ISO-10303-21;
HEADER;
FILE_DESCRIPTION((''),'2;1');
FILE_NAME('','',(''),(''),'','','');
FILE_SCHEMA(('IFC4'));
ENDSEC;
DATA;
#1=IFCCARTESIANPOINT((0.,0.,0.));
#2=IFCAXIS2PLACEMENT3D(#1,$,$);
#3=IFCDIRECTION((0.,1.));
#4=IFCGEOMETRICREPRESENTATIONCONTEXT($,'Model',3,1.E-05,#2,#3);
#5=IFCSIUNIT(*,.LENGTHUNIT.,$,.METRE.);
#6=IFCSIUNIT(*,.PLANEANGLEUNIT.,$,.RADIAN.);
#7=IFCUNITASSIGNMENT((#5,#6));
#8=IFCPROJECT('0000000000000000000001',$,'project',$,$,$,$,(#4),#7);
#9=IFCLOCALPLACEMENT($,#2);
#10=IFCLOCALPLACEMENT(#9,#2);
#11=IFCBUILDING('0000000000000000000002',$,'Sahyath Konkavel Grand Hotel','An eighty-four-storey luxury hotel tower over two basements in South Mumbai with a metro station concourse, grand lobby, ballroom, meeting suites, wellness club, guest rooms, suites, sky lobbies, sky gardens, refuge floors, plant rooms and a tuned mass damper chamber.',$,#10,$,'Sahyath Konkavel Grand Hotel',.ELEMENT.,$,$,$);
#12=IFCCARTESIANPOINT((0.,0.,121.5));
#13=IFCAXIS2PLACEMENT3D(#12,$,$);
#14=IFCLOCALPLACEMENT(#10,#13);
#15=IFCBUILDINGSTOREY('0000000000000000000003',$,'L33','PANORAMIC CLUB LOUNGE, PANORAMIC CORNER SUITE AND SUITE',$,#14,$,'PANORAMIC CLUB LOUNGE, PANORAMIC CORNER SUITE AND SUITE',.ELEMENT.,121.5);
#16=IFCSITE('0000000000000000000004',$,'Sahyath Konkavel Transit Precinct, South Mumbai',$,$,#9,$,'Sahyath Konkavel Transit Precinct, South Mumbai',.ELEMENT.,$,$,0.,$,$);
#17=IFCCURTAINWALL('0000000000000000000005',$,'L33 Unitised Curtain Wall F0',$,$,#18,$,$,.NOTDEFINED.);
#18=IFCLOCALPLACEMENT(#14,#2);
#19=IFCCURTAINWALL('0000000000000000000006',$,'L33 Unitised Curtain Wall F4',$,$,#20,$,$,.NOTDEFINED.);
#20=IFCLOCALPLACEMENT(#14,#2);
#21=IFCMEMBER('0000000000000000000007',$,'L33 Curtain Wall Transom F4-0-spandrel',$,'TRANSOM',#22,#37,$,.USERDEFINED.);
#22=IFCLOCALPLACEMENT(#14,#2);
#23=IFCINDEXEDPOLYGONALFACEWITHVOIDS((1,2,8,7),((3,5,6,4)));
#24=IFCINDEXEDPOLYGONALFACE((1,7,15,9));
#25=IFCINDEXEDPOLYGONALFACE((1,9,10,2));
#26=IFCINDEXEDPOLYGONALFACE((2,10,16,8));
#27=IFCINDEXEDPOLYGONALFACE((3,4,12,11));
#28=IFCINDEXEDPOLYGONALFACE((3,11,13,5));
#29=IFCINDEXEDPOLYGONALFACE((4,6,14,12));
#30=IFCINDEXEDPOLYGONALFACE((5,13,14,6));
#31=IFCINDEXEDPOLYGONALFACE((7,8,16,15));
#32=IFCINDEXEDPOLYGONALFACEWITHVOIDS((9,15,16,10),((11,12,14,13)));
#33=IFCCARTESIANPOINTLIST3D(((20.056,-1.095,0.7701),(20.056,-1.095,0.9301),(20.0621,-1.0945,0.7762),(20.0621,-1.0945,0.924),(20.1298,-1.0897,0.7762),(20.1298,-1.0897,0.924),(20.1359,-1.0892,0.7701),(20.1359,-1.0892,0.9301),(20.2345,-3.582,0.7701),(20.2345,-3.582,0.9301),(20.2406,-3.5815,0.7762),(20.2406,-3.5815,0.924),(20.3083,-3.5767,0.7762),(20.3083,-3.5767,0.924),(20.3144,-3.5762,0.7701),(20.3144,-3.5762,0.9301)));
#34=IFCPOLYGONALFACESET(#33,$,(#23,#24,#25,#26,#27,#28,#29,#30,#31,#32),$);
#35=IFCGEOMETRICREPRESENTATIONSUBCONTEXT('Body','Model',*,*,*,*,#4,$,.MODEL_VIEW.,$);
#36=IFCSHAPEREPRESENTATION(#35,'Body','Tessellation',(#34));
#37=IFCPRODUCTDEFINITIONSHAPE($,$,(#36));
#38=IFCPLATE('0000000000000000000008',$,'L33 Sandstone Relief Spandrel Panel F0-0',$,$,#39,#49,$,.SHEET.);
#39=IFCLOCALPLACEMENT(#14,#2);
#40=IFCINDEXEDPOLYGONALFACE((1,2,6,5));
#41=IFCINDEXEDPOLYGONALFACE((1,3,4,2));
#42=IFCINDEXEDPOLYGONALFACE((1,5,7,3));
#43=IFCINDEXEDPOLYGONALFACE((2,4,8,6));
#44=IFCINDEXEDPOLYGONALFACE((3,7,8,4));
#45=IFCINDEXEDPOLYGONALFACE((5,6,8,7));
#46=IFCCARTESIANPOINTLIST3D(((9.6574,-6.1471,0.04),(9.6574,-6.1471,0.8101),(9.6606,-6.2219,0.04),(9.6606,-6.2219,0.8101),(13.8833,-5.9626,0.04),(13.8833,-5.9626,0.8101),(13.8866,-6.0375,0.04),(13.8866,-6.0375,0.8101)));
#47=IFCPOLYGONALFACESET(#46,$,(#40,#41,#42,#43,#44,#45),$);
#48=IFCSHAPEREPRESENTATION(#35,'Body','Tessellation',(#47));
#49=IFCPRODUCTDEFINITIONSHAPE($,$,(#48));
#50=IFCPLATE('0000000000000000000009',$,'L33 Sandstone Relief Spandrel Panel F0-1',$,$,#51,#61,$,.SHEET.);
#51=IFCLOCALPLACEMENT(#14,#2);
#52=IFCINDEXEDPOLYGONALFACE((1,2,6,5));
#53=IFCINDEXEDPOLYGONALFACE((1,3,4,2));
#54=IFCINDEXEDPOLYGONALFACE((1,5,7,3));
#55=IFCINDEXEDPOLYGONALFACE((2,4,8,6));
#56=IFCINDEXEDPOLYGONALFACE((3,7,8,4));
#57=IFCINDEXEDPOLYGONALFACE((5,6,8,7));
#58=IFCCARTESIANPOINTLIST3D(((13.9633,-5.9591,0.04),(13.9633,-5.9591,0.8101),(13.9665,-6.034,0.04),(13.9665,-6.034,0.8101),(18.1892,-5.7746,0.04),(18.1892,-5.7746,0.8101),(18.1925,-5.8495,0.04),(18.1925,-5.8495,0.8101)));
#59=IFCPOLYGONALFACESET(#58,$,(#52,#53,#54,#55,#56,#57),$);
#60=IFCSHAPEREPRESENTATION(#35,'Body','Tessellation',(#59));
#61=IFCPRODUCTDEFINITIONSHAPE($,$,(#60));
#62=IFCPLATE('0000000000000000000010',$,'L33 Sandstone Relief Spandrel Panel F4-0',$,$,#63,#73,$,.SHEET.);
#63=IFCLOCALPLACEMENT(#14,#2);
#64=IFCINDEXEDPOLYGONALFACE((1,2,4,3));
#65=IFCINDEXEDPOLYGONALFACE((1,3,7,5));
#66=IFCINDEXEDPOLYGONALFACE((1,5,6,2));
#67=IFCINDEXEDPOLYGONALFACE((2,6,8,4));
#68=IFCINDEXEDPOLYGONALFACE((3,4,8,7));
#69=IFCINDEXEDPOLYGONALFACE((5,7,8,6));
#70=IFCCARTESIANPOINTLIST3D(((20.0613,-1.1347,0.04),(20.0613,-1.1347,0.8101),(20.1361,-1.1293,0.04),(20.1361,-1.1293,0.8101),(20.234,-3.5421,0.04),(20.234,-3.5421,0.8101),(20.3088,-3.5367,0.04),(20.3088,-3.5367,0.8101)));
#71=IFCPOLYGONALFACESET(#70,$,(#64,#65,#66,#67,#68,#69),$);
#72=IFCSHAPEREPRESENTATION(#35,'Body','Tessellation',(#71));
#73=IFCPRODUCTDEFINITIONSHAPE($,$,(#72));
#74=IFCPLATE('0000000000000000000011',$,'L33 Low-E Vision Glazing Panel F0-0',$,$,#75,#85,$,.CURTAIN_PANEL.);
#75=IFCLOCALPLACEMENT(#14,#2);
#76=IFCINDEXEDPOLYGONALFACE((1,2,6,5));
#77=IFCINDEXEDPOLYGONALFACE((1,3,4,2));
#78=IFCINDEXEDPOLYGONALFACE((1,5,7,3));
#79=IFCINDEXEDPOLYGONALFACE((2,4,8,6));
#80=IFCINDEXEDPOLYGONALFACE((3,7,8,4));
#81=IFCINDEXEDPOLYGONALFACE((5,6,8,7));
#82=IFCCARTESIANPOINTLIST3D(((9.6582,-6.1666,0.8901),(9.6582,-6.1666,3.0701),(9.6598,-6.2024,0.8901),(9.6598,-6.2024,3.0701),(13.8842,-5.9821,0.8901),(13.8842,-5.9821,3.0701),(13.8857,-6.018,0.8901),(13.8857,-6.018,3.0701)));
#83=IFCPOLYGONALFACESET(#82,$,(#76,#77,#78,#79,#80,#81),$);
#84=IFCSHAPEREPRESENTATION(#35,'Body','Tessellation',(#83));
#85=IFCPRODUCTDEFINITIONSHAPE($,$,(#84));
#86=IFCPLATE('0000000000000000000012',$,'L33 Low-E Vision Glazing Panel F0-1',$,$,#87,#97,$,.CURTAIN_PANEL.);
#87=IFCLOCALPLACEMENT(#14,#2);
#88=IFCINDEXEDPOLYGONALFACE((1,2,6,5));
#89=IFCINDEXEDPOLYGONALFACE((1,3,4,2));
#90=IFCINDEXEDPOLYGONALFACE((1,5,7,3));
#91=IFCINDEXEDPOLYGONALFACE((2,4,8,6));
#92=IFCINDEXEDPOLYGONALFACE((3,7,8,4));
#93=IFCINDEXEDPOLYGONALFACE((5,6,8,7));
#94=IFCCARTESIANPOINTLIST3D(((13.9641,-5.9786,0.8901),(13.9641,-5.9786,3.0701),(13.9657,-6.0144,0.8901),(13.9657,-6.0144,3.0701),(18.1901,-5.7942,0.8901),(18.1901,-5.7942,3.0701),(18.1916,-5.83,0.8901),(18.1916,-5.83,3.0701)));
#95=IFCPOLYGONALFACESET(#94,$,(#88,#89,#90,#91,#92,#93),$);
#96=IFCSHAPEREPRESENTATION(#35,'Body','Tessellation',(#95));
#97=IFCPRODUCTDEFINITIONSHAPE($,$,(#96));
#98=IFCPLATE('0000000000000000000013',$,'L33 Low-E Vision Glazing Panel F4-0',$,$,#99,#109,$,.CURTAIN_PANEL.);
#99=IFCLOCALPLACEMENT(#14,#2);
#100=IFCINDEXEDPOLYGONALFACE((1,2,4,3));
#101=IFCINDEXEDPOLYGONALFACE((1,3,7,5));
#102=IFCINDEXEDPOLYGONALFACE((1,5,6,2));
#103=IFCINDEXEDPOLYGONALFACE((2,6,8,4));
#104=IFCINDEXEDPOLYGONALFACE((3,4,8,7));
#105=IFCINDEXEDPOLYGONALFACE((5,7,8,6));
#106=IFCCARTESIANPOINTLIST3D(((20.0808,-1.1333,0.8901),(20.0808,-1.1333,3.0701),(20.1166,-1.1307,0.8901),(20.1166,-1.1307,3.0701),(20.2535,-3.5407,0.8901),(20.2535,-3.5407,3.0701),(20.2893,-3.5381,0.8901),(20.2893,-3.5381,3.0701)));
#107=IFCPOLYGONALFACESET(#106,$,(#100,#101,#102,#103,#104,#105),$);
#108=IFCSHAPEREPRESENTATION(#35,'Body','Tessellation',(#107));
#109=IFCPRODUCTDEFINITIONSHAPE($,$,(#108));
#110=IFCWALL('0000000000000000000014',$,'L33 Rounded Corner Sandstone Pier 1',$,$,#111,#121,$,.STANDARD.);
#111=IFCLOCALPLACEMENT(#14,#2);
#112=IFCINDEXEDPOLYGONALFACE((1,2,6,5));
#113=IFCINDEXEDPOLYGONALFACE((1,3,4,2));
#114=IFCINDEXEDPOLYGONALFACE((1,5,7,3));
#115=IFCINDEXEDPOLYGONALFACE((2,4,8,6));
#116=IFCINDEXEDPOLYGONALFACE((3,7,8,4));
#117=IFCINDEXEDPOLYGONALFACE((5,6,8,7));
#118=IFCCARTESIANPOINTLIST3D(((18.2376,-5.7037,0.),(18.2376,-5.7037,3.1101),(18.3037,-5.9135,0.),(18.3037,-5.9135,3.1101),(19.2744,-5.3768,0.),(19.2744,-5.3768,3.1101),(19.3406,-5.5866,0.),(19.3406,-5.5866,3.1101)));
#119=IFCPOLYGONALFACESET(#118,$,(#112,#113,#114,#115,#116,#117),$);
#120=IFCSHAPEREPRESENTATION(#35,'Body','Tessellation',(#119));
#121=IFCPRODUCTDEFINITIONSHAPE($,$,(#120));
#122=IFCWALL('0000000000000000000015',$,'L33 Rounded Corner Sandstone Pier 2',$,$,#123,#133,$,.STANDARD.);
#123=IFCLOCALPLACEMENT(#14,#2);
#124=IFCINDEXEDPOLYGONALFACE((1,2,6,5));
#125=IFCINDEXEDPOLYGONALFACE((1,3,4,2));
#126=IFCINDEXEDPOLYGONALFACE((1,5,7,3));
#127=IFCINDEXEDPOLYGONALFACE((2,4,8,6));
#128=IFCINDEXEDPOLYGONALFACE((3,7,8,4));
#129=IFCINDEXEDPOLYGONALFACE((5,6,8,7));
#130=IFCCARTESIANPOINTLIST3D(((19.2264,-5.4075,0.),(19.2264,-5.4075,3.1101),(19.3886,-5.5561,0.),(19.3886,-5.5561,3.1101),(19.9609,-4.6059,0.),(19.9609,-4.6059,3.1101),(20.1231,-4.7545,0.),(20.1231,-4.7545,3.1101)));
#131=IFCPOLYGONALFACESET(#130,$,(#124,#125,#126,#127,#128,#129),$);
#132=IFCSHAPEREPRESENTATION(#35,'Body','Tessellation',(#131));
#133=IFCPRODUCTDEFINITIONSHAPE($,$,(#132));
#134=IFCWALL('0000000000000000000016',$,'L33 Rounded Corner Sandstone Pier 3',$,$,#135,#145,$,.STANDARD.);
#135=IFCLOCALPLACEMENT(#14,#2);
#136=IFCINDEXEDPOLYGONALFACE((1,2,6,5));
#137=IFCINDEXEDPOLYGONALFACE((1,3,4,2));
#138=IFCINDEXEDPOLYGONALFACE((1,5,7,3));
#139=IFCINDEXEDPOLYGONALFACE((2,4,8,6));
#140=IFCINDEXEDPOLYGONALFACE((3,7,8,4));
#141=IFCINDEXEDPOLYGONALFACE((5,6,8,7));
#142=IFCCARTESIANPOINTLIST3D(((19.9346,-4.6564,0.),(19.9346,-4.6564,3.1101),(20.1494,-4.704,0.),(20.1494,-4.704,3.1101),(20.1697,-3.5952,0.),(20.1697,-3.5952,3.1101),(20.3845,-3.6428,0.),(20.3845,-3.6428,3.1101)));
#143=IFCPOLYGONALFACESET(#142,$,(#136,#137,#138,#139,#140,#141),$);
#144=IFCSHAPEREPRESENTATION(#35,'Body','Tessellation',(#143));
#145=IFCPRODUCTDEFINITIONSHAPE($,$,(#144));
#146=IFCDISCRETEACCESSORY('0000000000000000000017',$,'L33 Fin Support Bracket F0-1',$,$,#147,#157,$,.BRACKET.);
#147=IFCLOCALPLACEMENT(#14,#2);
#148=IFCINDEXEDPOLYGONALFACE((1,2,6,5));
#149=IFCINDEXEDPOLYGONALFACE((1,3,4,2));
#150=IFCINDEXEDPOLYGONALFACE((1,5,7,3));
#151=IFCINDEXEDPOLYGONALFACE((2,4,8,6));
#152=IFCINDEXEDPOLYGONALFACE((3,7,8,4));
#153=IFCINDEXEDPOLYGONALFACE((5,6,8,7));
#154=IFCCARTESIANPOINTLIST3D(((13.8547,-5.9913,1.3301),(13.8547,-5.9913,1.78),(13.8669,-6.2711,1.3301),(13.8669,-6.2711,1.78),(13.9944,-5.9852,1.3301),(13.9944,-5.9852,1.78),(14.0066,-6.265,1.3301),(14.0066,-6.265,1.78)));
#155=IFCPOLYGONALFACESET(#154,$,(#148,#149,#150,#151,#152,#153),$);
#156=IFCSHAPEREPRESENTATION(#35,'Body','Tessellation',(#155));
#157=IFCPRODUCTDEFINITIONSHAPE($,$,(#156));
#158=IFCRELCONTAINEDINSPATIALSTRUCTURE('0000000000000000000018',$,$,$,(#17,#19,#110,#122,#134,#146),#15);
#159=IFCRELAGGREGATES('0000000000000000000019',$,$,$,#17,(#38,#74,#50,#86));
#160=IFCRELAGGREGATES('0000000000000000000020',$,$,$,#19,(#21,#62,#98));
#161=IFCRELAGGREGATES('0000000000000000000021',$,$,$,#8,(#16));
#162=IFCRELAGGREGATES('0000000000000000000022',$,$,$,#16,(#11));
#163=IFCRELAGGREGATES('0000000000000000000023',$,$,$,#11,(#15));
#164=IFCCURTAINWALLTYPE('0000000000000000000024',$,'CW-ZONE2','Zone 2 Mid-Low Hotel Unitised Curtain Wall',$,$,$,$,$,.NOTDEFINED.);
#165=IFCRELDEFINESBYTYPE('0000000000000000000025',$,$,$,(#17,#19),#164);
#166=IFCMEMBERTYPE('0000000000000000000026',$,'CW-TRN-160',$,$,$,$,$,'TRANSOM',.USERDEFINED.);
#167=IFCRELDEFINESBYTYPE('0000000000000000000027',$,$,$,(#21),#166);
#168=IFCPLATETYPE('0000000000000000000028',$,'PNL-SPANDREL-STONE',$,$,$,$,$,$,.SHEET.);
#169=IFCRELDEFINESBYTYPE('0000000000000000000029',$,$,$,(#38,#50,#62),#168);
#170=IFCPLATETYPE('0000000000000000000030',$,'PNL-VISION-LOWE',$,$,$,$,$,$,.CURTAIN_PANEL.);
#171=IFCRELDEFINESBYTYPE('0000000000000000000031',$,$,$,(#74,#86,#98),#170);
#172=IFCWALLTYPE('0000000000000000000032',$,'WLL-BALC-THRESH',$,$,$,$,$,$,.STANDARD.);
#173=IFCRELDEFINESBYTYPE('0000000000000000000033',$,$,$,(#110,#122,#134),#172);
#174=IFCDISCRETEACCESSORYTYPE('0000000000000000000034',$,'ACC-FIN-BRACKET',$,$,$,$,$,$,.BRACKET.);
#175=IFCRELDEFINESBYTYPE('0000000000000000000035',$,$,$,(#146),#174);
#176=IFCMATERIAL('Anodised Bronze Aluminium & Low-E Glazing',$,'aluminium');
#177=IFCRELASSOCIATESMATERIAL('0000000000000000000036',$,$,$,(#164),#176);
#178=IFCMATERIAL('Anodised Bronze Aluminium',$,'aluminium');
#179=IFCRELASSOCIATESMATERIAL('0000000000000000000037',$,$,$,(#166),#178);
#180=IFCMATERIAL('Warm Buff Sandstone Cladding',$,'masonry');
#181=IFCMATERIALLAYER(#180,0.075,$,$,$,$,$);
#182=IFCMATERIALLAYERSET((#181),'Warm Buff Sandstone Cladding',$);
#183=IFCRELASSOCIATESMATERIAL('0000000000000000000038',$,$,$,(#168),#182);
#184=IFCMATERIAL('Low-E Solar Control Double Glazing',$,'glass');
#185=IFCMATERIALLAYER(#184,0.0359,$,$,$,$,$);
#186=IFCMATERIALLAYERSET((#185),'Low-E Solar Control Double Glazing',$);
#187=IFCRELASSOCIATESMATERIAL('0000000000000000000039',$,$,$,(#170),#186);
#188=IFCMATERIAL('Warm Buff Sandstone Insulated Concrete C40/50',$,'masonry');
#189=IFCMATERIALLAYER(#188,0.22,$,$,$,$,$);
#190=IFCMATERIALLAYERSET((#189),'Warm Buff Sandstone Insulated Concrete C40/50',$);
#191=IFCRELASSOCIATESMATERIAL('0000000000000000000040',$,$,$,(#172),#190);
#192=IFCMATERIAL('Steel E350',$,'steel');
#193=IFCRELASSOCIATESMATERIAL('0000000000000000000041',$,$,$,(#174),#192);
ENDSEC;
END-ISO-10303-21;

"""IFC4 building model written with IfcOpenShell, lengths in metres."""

from ifc_helpers import new_model, si_unit, direction, frame, frame_2d, origin, origin_2d, place, context, subcontext, project, spatial, rectangle, hollow_rectangle, extrude, source, transform, mapped, material, layer, layer_set, material_profile, profile_set, type_object, element, aggregate, save


model = new_model("IFC4")

# Units and contexts
model_context = context("Model", 3, precision=1e-05, world=origin(), true_north=direction((0.0, 1.0)))
body_context = subcontext(model_context, "Body", "Model", "MODEL_VIEW")
ifc_project = project(units=[si_unit("LENGTHUNIT", "METRE"), si_unit("PLANEANGLEUNIT", "RADIAN")], contexts=[model_context])

# Site, building, storey
site_placement = place(None, origin())
site = spatial("IfcSite", under=ifc_project, at=site_placement, Name="Sahyath Konkavel Transit Precinct, South Mumbai", LongName="Sahyath Konkavel Transit Precinct, South Mumbai", CompositionType="ELEMENT", RefElevation=0.0)
building_placement = place(site_placement, origin())
building = spatial("IfcBuilding", under=site, at=building_placement, Name="Sahyath Konkavel Grand Hotel", Description="An eighty-four-storey luxury hotel tower over two basements in South Mumbai with a metro station concourse, grand lobby, ballroom, meeting suites, wellness club, guest rooms, suites, sky lobbies, sky gardens, refuge floors, plant rooms and a tuned mass damper chamber.", LongName="Sahyath Konkavel Grand Hotel", CompositionType="ELEMENT")
storey_placement = place(building_placement, frame((0.0, 0.0, 121.5)))
storey = spatial("IfcBuildingStorey", under=building, at=storey_placement, Name="L33", Description="PANORAMIC CLUB LOUNGE, PANORAMIC CORNER SUITE AND SUITE", LongName="PANORAMIC CLUB LOUNGE, PANORAMIC CORNER SUITE AND SUITE", CompositionType="ELEMENT", Elevation=121.5)

# Shared definitions
ifc_material_1 = material(Name="Steel E350", Category="steel")

# Curtain wall
ifc_material_2 = material(Name="Anodised Bronze Aluminium & Low-E Glazing", Category="aluminium")
curtain_wall_type = type_object("IfcCurtainWallType", Name="CW-ZONE2", Description="Zone 2 Mid-Low Hotel Unitised Curtain Wall", PredefinedType="NOTDEFINED", material=ifc_material_2)
curtain_wall_1_placement = place(storey_placement, origin())
curtain_wall_1 = element("IfcCurtainWall", 1, at=curtain_wall_1_placement, inside=storey, type_object=curtain_wall_type, Name="L33 Unitised Curtain Wall F0", PredefinedType="NOTDEFINED")
ifc_material_3 = material(Name="Anodised Bronze Aluminium", Category="aluminium")

# Curtain wall
curtain_wall_2_placement = place(storey_placement, origin())
curtain_wall_2 = element("IfcCurtainWall", 2, at=curtain_wall_2_placement, inside=storey, type_object=curtain_wall_type, Name="L33 Unitised Curtain Wall F4", PredefinedType="NOTDEFINED")

# Member
ifc_material_profile_1 = material_profile(ifc_material_3, hollow_rectangle(XDim=0.0801, YDim=0.1599, WallThickness=0.0061, at=origin_2d()), Name="RHS 160x80x6")
ifc_profile_set_1 = profile_set([ifc_material_profile_1], Name="Anodised Bronze Aluminium")
member_type_1 = type_object("IfcMemberType", Name="CW-TRN-160", ElementType="TRANSOM", PredefinedType="USERDEFINED", material=ifc_profile_set_1)
shared_shape_1 = source(origin(), body_context, "Body", "SweptSolid", [
    extrude(hollow_rectangle(XDim=0.0801, YDim=0.1599, WallThickness=0.0061, at=origin_2d()), origin(), (0.0, 0.0, 1.0), 2.4934),
])
member_1_placement = place(storey_placement, frame((20.2744, -3.5791, 0.8501), z_axis=(-0.071574, 0.997435, 0.0), x_axis=(-0.997435, -0.071574, 0.0)))
member_1 = element("IfcMember", 3, at=member_1_placement, type_object=member_type_1, Name="L33 Curtain Wall Transom F4-0-spandrel", ObjectType="TRANSOM", PredefinedType="USERDEFINED", context=body_context, shape_type="MappedRepresentation", body=[
    mapped(shared_shape_1, transform((0.0, 0.0, 0.0), scale=1.0)),
])

# Plates
ifc_material_4 = material(Name="Warm Buff Sandstone Cladding", Category="masonry")
ifc_layer_1 = layer(ifc_material_4, 0.075)
ifc_layer_set_1 = layer_set([ifc_layer_1], Name="Warm Buff Sandstone Cladding")
plate_type_1 = type_object("IfcPlateType", Name="PNL-SPANDREL-STONE", PredefinedType="SHEET", material=ifc_layer_set_1)
shared_shape_2 = source(origin(), body_context, "Body", "SweptSolid", [
    extrude(rectangle(XDim=4.23, YDim=0.075, at=origin_2d()), origin(), (0.0, 0.0, 1.0), 0.77),
])
plate_1_placement = place(storey_placement, frame((11.772, -6.0923, 0.04), z_axis=(0.0, 0.0, 1.0), x_axis=(0.999049, 0.043602, 0.0)))
plate_1 = element("IfcPlate", 4, at=plate_1_placement, type_object=plate_type_1, Name="L33 Sandstone Relief Spandrel Panel F0-0", PredefinedType="SHEET", context=body_context, shape_type="MappedRepresentation", body=[
    mapped(shared_shape_2, transform((0.0, 0.0, 0.0), scale=1.0)),
])
plate_2_placement = place(storey_placement, frame((16.0779, -5.9043, 0.04), z_axis=(0.0, 0.0, 1.0), x_axis=(0.999049, 0.043602, 0.0)))
plate_2 = element("IfcPlate", 5, at=plate_2_placement, type_object=plate_type_1, Name="L33 Sandstone Relief Spandrel Panel F0-1", PredefinedType="SHEET", context=body_context, shape_type="MappedRepresentation", body=[
    mapped(shared_shape_2, transform((0.0, 0.0, 0.0), scale=1.0)),
])
shared_shape_3 = source(origin(), body_context, "Body", "SweptSolid", [
    extrude(rectangle(XDim=2.4136, YDim=0.075, at=origin_2d()), origin(), (0.0, 0.0, 1.0), 0.77),
])
plate_3_placement = place(storey_placement, frame((20.1851, -2.3357, 0.04), z_axis=(0.0, 0.0, 1.0), x_axis=(-0.071567, 0.997436, 0.0)))
plate_3 = element("IfcPlate", 6, at=plate_3_placement, type_object=plate_type_1, Name="L33 Sandstone Relief Spandrel Panel F4-0", PredefinedType="SHEET", context=body_context, shape_type="MappedRepresentation", body=[
    mapped(shared_shape_3, transform((0.0, 0.0, 0.0), scale=1.0)),
])
ifc_material_5 = material(Name="Low-E Solar Control Double Glazing", Category="glass")
ifc_layer_2 = layer(ifc_material_5, 0.0359)
ifc_layer_set_2 = layer_set([ifc_layer_2], Name="Low-E Solar Control Double Glazing")
plate_type_2 = type_object("IfcPlateType", Name="PNL-VISION-LOWE", PredefinedType="CURTAIN_PANEL", material=ifc_layer_set_2)
shared_shape_4 = source(origin(), body_context, "Body", "SweptSolid", [
    extrude(rectangle(XDim=4.23, YDim=0.0359, at=origin_2d()), origin(), (0.0, 0.0, 1.0), 2.1799),
])
plate_4_placement = place(storey_placement, frame((11.772, -6.0923, 0.8901), z_axis=(0.0, 0.0, 1.0), x_axis=(0.999049, 0.043602, 0.0)))
plate_4 = element("IfcPlate", 7, at=plate_4_placement, type_object=plate_type_2, Name="L33 Low-E Vision Glazing Panel F0-0", PredefinedType="CURTAIN_PANEL", context=body_context, shape_type="MappedRepresentation", body=[
    mapped(shared_shape_4, transform((0.0, 0.0, 0.0), scale=1.0)),
])
plate_5_placement = place(storey_placement, frame((16.0779, -5.9043, 0.8901), z_axis=(0.0, 0.0, 1.0), x_axis=(0.999049, 0.043602, 0.0)))
plate_5 = element("IfcPlate", 8, at=plate_5_placement, type_object=plate_type_2, Name="L33 Low-E Vision Glazing Panel F0-1", PredefinedType="CURTAIN_PANEL", context=body_context, shape_type="MappedRepresentation", body=[
    mapped(shared_shape_4, transform((0.0, 0.0, 0.0), scale=1.0)),
])
aggregate(curtain_wall_1, [plate_1, plate_4, plate_2, plate_5])
shared_shape_5 = source(origin(), body_context, "Body", "SweptSolid", [
    extrude(rectangle(XDim=2.4136, YDim=0.0359, at=origin_2d()), origin(), (0.0, 0.0, 1.0), 2.1799),
])
plate_6_placement = place(storey_placement, frame((20.1851, -2.3357, 0.8901), z_axis=(0.0, 0.0, 1.0), x_axis=(-0.071567, 0.997436, 0.0)))
plate_6 = element("IfcPlate", 9, at=plate_6_placement, type_object=plate_type_2, Name="L33 Low-E Vision Glazing Panel F4-0", PredefinedType="CURTAIN_PANEL", context=body_context, shape_type="MappedRepresentation", body=[
    mapped(shared_shape_5, transform((0.0, 0.0, 0.0), scale=1.0)),
])
aggregate(curtain_wall_2, [member_1, plate_3, plate_6])

# Walls
ifc_material_6 = material(Name="Warm Buff Sandstone Insulated Concrete C40/50", Category="masonry")
ifc_layer_3 = layer(ifc_material_6, 0.22)
ifc_layer_set_3 = layer_set([ifc_layer_3], Name="Warm Buff Sandstone Insulated Concrete C40/50")
wall_type = type_object("IfcWallType", Name="WLL-BALC-THRESH", PredefinedType="STANDARD", material=ifc_layer_set_3)
for number, where, z_axis, x_axis, name in (
    (10, (18.2708, -5.8086, 0.0), (0.0, 0.0, 1.0), (0.953722, 0.300691, 0.0), "L33 Rounded Corner Sandstone Pier 1"),
    (11, (19.3076, -5.4817, 0.0), (0.0, 0.0, 1.0), (0.675552, 0.737313, 0.0), "L33 Rounded Corner Sandstone Pier 2"),
):
    element("IfcWall", number, at=place(storey_placement, frame(where, z_axis=z_axis, x_axis=x_axis)), inside=storey, type_object=wall_type, Name=name, PredefinedType="STANDARD", context=body_context, shape_type="SweptSolid", body=[
        extrude(rectangle(XDim=1.0872, YDim=0.22, at=frame_2d((0.5435, 0.0))), origin(), (0.0, 0.0, 1.0), 3.1101),
    ])
wall_placement = place(storey_placement, frame((20.042, -4.6802, 0.0), z_axis=(0.0, 0.0, 1.0), x_axis=(0.216288, 0.97633, 0.0)))
element("IfcWall", 12, at=wall_placement, inside=storey, type_object=wall_type, Name="L33 Rounded Corner Sandstone Pier 3", PredefinedType="STANDARD", context=body_context, shape_type="SweptSolid", body=[
    extrude(rectangle(XDim=1.0869, YDim=0.22, at=frame_2d((0.5435, 0.0))), origin(), (0.0, 0.0, 1.0), 3.1101),
])

# Discrete accessory
discrete_accessory_type = type_object("IfcDiscreteAccessoryType", Name="ACC-FIN-BRACKET", PredefinedType="BRACKET", material=ifc_material_1)
shared_shape_6 = source(origin(), body_context, "Body", "SweptSolid", [
    extrude(rectangle(XDim=0.28, YDim=0.1399, at=origin_2d()), origin(), (0.0, 0.0, 1.0), 0.45),
])
discrete_accessory_placement = place(storey_placement, frame((13.9307, -6.1282, 1.3301), z_axis=(0.0, 0.0, 1.0), x_axis=(0.043602, -0.999049, 0.0)))
element("IfcDiscreteAccessory", 13, at=discrete_accessory_placement, inside=storey, type_object=discrete_accessory_type, Name="L33 Fin Support Bracket F0-1", PredefinedType="BRACKET", context=body_context, shape_type="MappedRepresentation", body=[
    mapped(shared_shape_6, transform((0.0, 0.0, 0.0), scale=1.0)),
])

save(model, "model.ifc")
